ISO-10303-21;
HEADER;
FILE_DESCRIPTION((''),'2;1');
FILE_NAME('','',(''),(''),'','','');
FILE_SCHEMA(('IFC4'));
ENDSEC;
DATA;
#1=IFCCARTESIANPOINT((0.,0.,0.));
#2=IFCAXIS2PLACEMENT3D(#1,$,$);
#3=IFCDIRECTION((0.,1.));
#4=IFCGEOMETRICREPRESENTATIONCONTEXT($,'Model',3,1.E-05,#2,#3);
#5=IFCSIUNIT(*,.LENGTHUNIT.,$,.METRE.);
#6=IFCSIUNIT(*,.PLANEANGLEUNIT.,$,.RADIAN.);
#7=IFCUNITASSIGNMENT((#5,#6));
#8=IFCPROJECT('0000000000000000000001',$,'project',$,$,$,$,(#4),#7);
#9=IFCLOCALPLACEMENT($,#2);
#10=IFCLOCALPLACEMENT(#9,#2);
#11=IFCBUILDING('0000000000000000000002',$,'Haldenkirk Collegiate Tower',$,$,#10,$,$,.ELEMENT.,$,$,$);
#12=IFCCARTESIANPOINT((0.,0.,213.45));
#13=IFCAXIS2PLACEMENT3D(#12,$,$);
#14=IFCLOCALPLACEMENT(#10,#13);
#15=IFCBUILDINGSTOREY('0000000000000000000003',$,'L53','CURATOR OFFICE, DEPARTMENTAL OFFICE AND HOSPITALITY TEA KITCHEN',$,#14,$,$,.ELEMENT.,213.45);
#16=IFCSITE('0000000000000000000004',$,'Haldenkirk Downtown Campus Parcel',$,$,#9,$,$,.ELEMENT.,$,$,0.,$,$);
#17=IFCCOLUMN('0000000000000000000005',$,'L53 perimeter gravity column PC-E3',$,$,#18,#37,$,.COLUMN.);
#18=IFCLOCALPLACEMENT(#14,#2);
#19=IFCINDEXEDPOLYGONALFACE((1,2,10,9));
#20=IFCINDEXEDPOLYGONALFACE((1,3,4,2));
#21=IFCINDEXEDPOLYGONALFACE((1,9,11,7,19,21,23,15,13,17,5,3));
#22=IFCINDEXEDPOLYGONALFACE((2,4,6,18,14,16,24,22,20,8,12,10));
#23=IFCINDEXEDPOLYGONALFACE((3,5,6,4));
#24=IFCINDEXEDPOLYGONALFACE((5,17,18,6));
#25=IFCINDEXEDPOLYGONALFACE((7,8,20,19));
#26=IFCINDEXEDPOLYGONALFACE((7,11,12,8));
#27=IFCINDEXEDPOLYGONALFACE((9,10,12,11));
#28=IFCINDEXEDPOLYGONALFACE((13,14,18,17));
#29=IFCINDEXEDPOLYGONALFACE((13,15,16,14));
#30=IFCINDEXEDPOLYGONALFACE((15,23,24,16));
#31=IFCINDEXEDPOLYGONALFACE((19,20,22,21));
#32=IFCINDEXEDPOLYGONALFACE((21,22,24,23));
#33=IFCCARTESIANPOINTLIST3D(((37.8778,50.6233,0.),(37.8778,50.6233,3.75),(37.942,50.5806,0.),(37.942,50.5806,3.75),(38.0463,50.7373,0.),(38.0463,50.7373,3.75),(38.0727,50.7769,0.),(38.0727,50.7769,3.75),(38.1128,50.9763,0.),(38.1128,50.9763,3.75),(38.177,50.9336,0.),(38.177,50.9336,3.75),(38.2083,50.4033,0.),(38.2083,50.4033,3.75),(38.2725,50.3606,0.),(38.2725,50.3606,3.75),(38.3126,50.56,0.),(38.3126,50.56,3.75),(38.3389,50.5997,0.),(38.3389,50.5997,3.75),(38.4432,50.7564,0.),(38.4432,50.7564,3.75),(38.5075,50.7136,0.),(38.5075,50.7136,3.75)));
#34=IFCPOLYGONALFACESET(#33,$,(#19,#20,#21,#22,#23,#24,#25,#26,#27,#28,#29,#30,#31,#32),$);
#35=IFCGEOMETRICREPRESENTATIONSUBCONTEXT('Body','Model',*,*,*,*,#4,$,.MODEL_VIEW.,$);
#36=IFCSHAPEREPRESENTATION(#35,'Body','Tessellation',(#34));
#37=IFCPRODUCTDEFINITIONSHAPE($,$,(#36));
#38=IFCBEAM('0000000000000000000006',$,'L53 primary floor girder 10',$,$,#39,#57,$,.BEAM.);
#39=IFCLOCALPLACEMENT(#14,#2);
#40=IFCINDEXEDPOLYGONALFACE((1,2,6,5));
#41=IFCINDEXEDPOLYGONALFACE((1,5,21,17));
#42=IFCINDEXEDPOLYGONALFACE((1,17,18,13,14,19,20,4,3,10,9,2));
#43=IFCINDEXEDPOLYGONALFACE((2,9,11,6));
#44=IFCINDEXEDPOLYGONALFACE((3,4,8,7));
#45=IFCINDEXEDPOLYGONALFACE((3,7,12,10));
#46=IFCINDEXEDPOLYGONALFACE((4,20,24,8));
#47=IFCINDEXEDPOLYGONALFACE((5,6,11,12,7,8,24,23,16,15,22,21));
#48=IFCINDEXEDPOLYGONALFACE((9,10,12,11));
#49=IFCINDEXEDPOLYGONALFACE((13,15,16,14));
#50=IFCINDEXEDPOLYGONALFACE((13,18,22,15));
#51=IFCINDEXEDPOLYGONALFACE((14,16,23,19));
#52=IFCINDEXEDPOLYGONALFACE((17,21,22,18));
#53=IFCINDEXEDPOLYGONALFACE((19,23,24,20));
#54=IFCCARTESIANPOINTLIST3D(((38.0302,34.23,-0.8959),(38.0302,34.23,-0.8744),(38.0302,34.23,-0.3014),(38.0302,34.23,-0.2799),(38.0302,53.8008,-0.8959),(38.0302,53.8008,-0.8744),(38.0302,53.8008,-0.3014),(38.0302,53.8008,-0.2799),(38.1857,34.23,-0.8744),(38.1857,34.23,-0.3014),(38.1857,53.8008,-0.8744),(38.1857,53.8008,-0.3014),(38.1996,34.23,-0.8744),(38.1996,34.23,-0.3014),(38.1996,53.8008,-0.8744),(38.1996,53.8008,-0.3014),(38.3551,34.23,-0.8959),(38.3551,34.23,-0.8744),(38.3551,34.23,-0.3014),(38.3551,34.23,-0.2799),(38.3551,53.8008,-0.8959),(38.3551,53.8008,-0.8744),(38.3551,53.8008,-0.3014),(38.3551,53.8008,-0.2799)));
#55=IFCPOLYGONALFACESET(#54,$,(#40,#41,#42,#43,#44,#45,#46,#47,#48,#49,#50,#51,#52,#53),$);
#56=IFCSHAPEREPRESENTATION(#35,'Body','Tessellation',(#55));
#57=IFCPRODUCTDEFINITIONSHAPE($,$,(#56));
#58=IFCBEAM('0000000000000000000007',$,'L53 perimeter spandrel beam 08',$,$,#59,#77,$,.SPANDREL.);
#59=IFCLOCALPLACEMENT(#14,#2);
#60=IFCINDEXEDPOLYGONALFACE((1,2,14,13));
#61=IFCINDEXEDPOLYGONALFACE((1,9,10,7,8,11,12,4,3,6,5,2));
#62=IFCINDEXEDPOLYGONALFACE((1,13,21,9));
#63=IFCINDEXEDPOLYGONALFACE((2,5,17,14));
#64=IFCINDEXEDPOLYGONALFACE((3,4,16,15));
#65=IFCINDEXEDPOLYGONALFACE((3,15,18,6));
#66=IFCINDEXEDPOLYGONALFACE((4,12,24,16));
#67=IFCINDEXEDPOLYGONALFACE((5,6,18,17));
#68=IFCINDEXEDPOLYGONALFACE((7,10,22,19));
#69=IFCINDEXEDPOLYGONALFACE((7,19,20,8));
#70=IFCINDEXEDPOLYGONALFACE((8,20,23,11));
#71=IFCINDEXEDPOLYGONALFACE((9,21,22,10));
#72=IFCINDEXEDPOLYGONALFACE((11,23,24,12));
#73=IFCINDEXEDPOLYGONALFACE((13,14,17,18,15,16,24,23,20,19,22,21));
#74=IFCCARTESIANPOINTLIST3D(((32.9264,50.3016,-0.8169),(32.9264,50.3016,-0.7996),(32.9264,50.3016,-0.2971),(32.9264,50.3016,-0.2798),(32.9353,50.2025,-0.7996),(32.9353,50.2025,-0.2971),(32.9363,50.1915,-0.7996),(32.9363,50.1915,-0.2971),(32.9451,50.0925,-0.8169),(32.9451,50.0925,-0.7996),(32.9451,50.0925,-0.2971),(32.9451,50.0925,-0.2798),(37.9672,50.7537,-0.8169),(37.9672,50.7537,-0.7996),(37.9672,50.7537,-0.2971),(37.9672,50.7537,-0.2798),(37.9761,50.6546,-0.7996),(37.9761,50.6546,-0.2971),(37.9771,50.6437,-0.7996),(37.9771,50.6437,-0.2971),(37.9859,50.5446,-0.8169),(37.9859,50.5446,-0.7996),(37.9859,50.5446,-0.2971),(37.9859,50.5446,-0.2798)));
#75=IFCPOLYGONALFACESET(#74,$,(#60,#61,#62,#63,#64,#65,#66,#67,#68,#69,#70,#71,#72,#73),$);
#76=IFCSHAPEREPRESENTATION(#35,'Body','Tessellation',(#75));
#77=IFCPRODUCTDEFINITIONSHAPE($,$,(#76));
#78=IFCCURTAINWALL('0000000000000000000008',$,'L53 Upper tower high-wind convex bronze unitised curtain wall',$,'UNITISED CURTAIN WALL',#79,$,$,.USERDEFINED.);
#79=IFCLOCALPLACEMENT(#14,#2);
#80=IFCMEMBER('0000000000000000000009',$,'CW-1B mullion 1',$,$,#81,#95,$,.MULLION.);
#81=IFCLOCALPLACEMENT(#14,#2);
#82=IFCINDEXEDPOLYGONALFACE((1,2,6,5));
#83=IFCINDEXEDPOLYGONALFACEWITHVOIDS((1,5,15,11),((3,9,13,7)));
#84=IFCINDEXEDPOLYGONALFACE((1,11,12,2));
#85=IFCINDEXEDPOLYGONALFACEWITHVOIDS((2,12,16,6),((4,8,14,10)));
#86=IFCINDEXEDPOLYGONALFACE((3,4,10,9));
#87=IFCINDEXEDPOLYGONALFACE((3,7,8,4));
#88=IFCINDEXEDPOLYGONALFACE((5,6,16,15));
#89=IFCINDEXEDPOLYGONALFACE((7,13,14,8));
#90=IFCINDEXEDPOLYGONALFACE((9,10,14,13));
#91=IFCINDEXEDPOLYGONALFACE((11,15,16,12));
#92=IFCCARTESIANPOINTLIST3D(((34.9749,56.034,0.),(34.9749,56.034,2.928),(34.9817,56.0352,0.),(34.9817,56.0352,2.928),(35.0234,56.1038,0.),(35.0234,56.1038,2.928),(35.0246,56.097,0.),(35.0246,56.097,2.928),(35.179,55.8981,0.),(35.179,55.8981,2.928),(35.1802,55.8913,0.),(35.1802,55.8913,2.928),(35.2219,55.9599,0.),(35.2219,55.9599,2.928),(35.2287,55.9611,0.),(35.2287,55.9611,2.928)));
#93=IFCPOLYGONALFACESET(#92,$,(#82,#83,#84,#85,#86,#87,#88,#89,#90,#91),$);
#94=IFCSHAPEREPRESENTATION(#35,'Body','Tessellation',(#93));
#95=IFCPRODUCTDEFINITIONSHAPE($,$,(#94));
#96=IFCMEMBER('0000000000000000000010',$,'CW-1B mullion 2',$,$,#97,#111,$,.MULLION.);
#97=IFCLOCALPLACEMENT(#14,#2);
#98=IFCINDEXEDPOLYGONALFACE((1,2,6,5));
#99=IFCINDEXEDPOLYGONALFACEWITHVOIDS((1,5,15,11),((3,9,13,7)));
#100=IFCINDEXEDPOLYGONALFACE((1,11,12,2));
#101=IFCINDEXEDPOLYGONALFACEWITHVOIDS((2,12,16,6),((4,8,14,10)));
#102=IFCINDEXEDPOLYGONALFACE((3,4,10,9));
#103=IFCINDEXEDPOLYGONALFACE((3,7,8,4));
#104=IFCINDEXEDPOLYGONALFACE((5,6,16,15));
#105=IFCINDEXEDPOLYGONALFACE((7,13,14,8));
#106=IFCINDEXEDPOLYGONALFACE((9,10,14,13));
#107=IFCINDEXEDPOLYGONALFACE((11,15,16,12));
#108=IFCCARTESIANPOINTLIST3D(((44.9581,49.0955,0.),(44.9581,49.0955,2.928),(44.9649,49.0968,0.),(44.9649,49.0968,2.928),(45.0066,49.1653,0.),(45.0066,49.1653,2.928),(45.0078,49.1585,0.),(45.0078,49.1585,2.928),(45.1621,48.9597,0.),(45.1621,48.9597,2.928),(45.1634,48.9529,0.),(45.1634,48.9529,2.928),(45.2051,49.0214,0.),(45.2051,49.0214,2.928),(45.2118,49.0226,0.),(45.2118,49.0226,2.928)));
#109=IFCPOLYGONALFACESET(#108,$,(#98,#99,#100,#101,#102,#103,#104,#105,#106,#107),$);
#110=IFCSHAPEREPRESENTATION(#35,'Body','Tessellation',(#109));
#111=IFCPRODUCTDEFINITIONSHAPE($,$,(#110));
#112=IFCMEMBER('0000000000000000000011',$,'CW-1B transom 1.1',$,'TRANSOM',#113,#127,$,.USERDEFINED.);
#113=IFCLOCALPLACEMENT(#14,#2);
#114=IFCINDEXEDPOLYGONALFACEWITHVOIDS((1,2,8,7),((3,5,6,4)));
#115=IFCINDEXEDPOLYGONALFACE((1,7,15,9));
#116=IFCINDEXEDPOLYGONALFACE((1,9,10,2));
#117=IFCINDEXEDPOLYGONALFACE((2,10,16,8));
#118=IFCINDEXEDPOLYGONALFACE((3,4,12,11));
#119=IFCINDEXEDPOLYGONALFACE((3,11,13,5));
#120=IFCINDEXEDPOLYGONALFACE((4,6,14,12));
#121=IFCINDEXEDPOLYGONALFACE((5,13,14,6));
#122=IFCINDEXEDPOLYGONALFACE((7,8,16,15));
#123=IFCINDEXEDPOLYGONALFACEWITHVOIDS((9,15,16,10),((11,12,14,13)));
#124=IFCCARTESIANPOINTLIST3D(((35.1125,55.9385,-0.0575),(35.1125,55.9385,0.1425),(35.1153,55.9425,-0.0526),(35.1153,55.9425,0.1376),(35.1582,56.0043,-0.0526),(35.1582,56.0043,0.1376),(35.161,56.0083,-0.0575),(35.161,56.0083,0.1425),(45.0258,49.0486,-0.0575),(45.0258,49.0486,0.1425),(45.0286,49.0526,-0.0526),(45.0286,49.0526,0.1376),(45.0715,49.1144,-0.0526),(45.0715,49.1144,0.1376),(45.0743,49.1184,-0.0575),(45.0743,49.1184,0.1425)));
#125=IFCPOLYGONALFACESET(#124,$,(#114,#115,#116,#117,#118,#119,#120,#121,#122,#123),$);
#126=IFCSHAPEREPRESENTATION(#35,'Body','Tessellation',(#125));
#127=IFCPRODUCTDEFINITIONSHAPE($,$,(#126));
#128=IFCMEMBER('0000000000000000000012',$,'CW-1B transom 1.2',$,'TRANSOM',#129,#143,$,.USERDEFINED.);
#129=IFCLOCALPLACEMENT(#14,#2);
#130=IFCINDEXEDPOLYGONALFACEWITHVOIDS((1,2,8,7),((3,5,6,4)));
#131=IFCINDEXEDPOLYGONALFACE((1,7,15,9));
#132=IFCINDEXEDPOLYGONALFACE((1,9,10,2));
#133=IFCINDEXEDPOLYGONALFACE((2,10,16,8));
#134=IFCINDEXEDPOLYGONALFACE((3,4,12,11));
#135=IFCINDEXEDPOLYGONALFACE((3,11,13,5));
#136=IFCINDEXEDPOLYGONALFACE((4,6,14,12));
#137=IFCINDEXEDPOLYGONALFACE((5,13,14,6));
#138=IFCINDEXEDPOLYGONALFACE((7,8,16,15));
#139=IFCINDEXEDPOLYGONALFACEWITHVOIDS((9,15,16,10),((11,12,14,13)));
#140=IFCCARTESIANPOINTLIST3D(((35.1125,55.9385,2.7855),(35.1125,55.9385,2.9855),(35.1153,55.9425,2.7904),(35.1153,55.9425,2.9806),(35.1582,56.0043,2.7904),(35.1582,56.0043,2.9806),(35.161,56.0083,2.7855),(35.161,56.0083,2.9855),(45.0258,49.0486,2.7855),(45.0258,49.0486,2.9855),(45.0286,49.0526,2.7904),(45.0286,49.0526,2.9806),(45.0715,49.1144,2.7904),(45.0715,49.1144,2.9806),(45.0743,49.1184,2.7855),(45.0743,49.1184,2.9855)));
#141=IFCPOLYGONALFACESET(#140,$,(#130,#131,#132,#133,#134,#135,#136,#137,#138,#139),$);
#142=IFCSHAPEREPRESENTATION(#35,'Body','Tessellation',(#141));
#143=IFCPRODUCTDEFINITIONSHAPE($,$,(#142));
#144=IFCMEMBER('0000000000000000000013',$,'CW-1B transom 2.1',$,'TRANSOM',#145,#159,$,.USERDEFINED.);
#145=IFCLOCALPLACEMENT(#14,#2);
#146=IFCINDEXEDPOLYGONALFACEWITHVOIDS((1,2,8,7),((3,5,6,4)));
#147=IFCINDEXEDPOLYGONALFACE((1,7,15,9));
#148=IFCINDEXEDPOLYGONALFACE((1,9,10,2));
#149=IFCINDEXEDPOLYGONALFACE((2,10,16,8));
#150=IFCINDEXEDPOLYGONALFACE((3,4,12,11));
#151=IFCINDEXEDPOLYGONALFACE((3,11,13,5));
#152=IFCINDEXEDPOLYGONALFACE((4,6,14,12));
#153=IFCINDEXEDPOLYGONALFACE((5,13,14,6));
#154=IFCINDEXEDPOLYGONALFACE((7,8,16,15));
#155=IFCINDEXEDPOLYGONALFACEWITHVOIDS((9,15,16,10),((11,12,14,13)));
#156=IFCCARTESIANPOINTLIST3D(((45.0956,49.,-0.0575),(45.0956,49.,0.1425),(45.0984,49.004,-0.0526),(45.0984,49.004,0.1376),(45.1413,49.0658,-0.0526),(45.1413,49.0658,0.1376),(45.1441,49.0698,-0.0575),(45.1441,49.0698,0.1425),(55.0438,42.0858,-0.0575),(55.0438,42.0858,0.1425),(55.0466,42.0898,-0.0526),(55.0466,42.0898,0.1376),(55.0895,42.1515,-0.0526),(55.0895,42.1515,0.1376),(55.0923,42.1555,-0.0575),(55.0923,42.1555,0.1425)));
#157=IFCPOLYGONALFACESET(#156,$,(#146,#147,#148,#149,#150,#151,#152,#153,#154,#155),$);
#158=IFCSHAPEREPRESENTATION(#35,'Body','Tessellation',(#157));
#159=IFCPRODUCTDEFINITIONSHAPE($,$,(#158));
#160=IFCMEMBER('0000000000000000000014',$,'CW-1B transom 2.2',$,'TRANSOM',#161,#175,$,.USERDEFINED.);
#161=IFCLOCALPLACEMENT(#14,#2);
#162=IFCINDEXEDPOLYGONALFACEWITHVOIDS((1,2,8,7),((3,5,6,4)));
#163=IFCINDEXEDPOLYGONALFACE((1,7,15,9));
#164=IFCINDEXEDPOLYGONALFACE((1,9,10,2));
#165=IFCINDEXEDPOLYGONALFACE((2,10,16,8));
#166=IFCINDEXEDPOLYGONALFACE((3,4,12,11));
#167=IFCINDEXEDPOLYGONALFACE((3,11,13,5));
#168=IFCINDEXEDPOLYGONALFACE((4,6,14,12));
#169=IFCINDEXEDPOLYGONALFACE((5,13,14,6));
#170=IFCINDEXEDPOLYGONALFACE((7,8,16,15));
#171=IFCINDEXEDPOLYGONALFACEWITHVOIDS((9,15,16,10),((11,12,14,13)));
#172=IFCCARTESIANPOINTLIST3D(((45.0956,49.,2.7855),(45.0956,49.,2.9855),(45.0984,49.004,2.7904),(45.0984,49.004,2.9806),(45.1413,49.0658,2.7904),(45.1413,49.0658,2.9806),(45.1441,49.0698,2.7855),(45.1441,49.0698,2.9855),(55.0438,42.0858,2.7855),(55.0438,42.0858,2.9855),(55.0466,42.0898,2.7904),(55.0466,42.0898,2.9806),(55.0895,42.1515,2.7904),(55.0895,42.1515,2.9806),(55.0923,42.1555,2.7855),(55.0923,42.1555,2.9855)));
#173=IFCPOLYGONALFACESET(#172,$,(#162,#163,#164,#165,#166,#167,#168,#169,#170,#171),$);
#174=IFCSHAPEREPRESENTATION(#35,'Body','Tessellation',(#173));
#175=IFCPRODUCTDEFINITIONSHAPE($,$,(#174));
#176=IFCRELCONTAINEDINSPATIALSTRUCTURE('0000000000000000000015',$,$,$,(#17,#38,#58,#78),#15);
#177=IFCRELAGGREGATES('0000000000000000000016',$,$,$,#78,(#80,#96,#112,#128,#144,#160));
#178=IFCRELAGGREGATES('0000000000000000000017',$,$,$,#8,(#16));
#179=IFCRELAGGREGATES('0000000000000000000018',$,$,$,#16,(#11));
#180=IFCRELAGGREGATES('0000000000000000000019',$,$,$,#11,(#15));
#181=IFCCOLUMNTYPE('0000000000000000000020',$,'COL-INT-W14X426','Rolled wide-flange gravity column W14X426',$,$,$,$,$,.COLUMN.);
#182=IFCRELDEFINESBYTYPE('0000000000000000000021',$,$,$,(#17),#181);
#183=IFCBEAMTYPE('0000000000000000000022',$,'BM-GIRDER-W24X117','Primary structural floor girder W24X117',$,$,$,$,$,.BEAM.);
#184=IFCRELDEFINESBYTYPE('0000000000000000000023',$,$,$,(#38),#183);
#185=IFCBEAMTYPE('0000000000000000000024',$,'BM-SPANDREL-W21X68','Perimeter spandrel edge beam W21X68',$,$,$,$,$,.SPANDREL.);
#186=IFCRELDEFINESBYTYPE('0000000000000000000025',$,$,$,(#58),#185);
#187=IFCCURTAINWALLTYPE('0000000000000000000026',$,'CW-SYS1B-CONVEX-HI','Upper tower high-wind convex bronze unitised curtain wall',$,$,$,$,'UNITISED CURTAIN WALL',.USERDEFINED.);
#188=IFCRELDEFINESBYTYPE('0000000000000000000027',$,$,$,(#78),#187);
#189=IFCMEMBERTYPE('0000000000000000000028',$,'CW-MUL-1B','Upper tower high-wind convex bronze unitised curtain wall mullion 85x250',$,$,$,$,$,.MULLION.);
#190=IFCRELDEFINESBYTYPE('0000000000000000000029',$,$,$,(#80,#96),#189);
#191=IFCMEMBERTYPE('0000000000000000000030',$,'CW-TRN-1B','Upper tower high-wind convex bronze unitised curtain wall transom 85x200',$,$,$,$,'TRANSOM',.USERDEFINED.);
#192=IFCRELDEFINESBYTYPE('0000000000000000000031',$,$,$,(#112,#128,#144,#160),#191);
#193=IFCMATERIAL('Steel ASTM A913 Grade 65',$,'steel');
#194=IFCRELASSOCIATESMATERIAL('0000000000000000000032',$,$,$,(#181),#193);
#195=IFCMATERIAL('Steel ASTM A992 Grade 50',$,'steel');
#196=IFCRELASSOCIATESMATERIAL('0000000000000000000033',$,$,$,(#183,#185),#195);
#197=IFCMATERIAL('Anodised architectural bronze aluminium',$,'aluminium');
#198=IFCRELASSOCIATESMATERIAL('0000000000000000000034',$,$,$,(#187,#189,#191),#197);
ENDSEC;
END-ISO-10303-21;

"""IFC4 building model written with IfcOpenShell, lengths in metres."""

from ifc_helpers import new_model, si_unit, direction, frame, origin, origin_2d, place, context, subcontext, project, spatial, hollow_rectangle, i_section, extrude, material, material_profile, profile_set, type_object, element, aggregate, save


model = new_model("IFC4")

# Units and contexts
model_context = context("Model", 3, precision=1e-05, world=origin(), true_north=direction((0.0, 1.0)))
body_context = subcontext(model_context, "Body", "Model", "MODEL_VIEW")
ifc_project = project(units=[si_unit("LENGTHUNIT", "METRE"), si_unit("PLANEANGLEUNIT", "RADIAN")], contexts=[model_context])

# Site, building, storey
site_placement = place(None, origin())
site = spatial("IfcSite", under=ifc_project, at=site_placement, Name="Haldenkirk Downtown Campus Parcel", CompositionType="ELEMENT", RefElevation=0.0)
building_placement = place(site_placement, origin())
building = spatial("IfcBuilding", under=site, at=building_placement, Name="Haldenkirk Collegiate Tower", CompositionType="ELEMENT")
storey_placement = place(building_placement, frame((0.0, 0.0, 213.45)))
storey = spatial("IfcBuildingStorey", under=building, at=storey_placement, Name="L53", Description="CURATOR OFFICE, DEPARTMENTAL OFFICE AND HOSPITALITY TEA KITCHEN", CompositionType="ELEMENT", Elevation=213.45)

# Column
ifc_material_1 = material(Name="Steel ASTM A913 Grade 65", Category="steel")
ifc_material_profile_1 = material_profile(ifc_material_1, i_section(OverallWidth=0.4241, OverallDepth=0.4741, WebThickness=0.0476, FlangeThickness=0.0771, at=origin_2d()), Name="W14X426")
ifc_profile_set_1 = profile_set([ifc_material_profile_1], Name="Steel ASTM A913 Grade 65")
column_type = type_object("IfcColumnType", Name="COL-INT-W14X426", Description="Rolled wide-flange gravity column W14X426", PredefinedType="COLUMN", material=ifc_profile_set_1)
column_placement = place(storey_placement, frame((38.1926, 50.6685, 0.0), z_axis=(0.0, 0.0, 1.0), x_axis=(0.554118, 0.832438, 0.0)))
element("IfcColumn", 1, at=column_placement, inside=storey, type_object=column_type, Name="L53 perimeter gravity column PC-E3", PredefinedType="COLUMN", context=body_context, shape_type="SweptSolid", body=[
    extrude(i_section(OverallWidth=0.4241, OverallDepth=0.4741, WebThickness=0.0476, FlangeThickness=0.0771, at=origin_2d()), origin(), (0.0, 0.0, 1.0), 3.75),
])

# Beams
ifc_material_2 = material(Name="Steel ASTM A992 Grade 50", Category="steel")
ifc_material_profile_2 = material_profile(ifc_material_2, i_section(OverallWidth=0.325, OverallDepth=0.616, WebThickness=0.0139, FlangeThickness=0.0215, at=origin_2d()), Name="W24X117")
ifc_profile_set_2 = profile_set([ifc_material_profile_2], Name="Steel ASTM A992 Grade 50")
beam_type_1 = type_object("IfcBeamType", Name="BM-GIRDER-W24X117", Description="Primary structural floor girder W24X117", PredefinedType="BEAM", material=ifc_profile_set_2)
beam_1_placement = place(storey_placement, frame((38.1926, 53.8008, -0.5879), z_axis=(0.0, -1.0, 0.0), x_axis=(1.0, 0.0, 0.0)))
element("IfcBeam", 2, at=beam_1_placement, inside=storey, type_object=beam_type_1, Name="L53 primary floor girder 10", PredefinedType="BEAM", context=body_context, shape_type="SweptSolid", body=[
    extrude(i_section(OverallWidth=0.325, OverallDepth=0.616, WebThickness=0.0139, FlangeThickness=0.0215, at=origin_2d()), origin(), (0.0, 0.0, 1.0), 19.5708),
])
ifc_material_profile_3 = material_profile(ifc_material_2, i_section(OverallWidth=0.21, OverallDepth=0.5371, WebThickness=0.011, FlangeThickness=0.0173, at=origin_2d()), Name="W21X68")
ifc_profile_set_3 = profile_set([ifc_material_profile_3], Name="Steel ASTM A992 Grade 50")
beam_type_2 = type_object("IfcBeamType", Name="BM-SPANDREL-W21X68", Description="Perimeter spandrel edge beam W21X68", PredefinedType="SPANDREL", material=ifc_profile_set_3)
beam_2_placement = place(storey_placement, frame((37.9766, 50.6492, -0.5483), z_axis=(-0.996001, -0.08934, 0.0), x_axis=(0.08934, -0.996001, 0.0)))
element("IfcBeam", 3, at=beam_2_placement, inside=storey, type_object=beam_type_2, Name="L53 perimeter spandrel beam 08", PredefinedType="SPANDREL", context=body_context, shape_type="SweptSolid", body=[
    extrude(i_section(OverallWidth=0.21, OverallDepth=0.5371, WebThickness=0.011, FlangeThickness=0.0173, at=origin_2d()), origin(), (0.0, 0.0, 1.0), 5.061),
])

# Curtain wall, members
ifc_material_3 = material(Name="Anodised architectural bronze aluminium", Category="aluminium")
curtain_wall_type = type_object("IfcCurtainWallType", Name="CW-SYS1B-CONVEX-HI", Description="Upper tower high-wind convex bronze unitised curtain wall", ElementType="UNITISED CURTAIN WALL", PredefinedType="USERDEFINED", material=ifc_material_3)
curtain_wall_placement = place(storey_placement, origin())
curtain_wall = element("IfcCurtainWall", 4, at=curtain_wall_placement, inside=storey, type_object=curtain_wall_type, Name="L53 Upper tower high-wind convex bronze unitised curtain wall", ObjectType="UNITISED CURTAIN WALL", PredefinedType="USERDEFINED")
ifc_material_profile_4 = material_profile(ifc_material_3, hollow_rectangle(XDim=0.085, YDim=0.25, WallThickness=0.0049, at=origin_2d()), Name="CW-MUL-1B")
ifc_profile_set_4 = profile_set([ifc_material_profile_4], Name="Anodised architectural bronze aluminium")
member_type_1 = type_object("IfcMemberType", Name="CW-MUL-1B", Description="Upper tower high-wind convex bronze unitised curtain wall mullion 85x250", PredefinedType="MULLION", material=ifc_profile_set_4)
member_1_placement = place(storey_placement, frame((35.1018, 55.9976, 0.0), z_axis=(0.0, 0.0, 1.0), x_axis=(0.570713, 0.821149, 0.0)))
member_1 = element("IfcMember", 5, at=member_1_placement, type_object=member_type_1, Name="CW-1B mullion 1", PredefinedType="MULLION", context=body_context, shape_type="SweptSolid", body=[
    extrude(hollow_rectangle(XDim=0.085, YDim=0.25, WallThickness=0.0049, at=origin_2d()), origin(), (0.0, 0.0, 1.0), 2.928),
])
member_2_placement = place(storey_placement, frame((45.085, 49.0591, 0.0), z_axis=(0.0, 0.0, 1.0), x_axis=(0.570713, 0.821149, 0.0)))
member_2 = element("IfcMember", 6, at=member_2_placement, type_object=member_type_1, Name="CW-1B mullion 2", PredefinedType="MULLION", context=body_context, shape_type="SweptSolid", body=[
    extrude(hollow_rectangle(XDim=0.085, YDim=0.25, WallThickness=0.0049, at=origin_2d()), origin(), (0.0, 0.0, 1.0), 2.928),
])
ifc_material_profile_5 = material_profile(ifc_material_3, hollow_rectangle(XDim=0.085, YDim=0.2, WallThickness=0.0049, at=origin_2d()), Name="CW-TRN-1B")
ifc_profile_set_5 = profile_set([ifc_material_profile_5], Name="Anodised architectural bronze aluminium")
member_type_2 = type_object("IfcMemberType", Name="CW-TRN-1B", Description="Upper tower high-wind convex bronze unitised curtain wall transom 85x200", ElementType="TRANSOM", PredefinedType="USERDEFINED", material=ifc_profile_set_5)
member_3_placement = place(storey_placement, frame((35.1367, 55.9734, 0.0425), z_axis=(0.821151, -0.570711, 0.0), x_axis=(0.570711, 0.821151, 0.0)))
member_3 = element("IfcMember", 7, at=member_3_placement, type_object=member_type_2, Name="CW-1B transom 1.1", ObjectType="TRANSOM", PredefinedType="USERDEFINED", context=body_context, shape_type="SweptSolid", body=[
    extrude(hollow_rectangle(XDim=0.085, YDim=0.2, WallThickness=0.0049, at=origin_2d()), origin(), (0.0, 0.0, 1.0), 12.0725),
])
member_4_placement = place(storey_placement, frame((35.1367, 55.9734, 2.8855), z_axis=(0.821151, -0.570711, 0.0), x_axis=(0.570711, 0.821151, 0.0)))
member_4 = element("IfcMember", 8, at=member_4_placement, type_object=member_type_2, Name="CW-1B transom 1.2", ObjectType="TRANSOM", PredefinedType="USERDEFINED", context=body_context, shape_type="SweptSolid", body=[
    extrude(hollow_rectangle(XDim=0.085, YDim=0.2, WallThickness=0.0049, at=origin_2d()), origin(), (0.0, 0.0, 1.0), 12.0725),
])
member_5_placement = place(storey_placement, frame((45.1199, 49.0349, 0.0425), z_axis=(0.821145, -0.570719, 0.0), x_axis=(0.570719, 0.821145, 0.0)))
member_5 = element("IfcMember", 9, at=member_5_placement, type_object=member_type_2, Name="CW-1B transom 2.1", ObjectType="TRANSOM", PredefinedType="USERDEFINED", context=body_context, shape_type="SweptSolid", body=[
    extrude(hollow_rectangle(XDim=0.085, YDim=0.2, WallThickness=0.0049, at=origin_2d()), origin(), (0.0, 0.0, 1.0), 12.115),
])
member_6_placement = place(storey_placement, frame((45.1199, 49.0349, 2.8855), z_axis=(0.821145, -0.570719, 0.0), x_axis=(0.570719, 0.821145, 0.0)))
member_6 = element("IfcMember", 10, at=member_6_placement, type_object=member_type_2, Name="CW-1B transom 2.2", ObjectType="TRANSOM", PredefinedType="USERDEFINED", context=body_context, shape_type="SweptSolid", body=[
    extrude(hollow_rectangle(XDim=0.085, YDim=0.2, WallThickness=0.0049, at=origin_2d()), origin(), (0.0, 0.0, 1.0), 12.115),
])

aggregate(curtain_wall, [member_1, member_2, member_3, member_4, member_5, member_6])

save(model, "model.ifc")
